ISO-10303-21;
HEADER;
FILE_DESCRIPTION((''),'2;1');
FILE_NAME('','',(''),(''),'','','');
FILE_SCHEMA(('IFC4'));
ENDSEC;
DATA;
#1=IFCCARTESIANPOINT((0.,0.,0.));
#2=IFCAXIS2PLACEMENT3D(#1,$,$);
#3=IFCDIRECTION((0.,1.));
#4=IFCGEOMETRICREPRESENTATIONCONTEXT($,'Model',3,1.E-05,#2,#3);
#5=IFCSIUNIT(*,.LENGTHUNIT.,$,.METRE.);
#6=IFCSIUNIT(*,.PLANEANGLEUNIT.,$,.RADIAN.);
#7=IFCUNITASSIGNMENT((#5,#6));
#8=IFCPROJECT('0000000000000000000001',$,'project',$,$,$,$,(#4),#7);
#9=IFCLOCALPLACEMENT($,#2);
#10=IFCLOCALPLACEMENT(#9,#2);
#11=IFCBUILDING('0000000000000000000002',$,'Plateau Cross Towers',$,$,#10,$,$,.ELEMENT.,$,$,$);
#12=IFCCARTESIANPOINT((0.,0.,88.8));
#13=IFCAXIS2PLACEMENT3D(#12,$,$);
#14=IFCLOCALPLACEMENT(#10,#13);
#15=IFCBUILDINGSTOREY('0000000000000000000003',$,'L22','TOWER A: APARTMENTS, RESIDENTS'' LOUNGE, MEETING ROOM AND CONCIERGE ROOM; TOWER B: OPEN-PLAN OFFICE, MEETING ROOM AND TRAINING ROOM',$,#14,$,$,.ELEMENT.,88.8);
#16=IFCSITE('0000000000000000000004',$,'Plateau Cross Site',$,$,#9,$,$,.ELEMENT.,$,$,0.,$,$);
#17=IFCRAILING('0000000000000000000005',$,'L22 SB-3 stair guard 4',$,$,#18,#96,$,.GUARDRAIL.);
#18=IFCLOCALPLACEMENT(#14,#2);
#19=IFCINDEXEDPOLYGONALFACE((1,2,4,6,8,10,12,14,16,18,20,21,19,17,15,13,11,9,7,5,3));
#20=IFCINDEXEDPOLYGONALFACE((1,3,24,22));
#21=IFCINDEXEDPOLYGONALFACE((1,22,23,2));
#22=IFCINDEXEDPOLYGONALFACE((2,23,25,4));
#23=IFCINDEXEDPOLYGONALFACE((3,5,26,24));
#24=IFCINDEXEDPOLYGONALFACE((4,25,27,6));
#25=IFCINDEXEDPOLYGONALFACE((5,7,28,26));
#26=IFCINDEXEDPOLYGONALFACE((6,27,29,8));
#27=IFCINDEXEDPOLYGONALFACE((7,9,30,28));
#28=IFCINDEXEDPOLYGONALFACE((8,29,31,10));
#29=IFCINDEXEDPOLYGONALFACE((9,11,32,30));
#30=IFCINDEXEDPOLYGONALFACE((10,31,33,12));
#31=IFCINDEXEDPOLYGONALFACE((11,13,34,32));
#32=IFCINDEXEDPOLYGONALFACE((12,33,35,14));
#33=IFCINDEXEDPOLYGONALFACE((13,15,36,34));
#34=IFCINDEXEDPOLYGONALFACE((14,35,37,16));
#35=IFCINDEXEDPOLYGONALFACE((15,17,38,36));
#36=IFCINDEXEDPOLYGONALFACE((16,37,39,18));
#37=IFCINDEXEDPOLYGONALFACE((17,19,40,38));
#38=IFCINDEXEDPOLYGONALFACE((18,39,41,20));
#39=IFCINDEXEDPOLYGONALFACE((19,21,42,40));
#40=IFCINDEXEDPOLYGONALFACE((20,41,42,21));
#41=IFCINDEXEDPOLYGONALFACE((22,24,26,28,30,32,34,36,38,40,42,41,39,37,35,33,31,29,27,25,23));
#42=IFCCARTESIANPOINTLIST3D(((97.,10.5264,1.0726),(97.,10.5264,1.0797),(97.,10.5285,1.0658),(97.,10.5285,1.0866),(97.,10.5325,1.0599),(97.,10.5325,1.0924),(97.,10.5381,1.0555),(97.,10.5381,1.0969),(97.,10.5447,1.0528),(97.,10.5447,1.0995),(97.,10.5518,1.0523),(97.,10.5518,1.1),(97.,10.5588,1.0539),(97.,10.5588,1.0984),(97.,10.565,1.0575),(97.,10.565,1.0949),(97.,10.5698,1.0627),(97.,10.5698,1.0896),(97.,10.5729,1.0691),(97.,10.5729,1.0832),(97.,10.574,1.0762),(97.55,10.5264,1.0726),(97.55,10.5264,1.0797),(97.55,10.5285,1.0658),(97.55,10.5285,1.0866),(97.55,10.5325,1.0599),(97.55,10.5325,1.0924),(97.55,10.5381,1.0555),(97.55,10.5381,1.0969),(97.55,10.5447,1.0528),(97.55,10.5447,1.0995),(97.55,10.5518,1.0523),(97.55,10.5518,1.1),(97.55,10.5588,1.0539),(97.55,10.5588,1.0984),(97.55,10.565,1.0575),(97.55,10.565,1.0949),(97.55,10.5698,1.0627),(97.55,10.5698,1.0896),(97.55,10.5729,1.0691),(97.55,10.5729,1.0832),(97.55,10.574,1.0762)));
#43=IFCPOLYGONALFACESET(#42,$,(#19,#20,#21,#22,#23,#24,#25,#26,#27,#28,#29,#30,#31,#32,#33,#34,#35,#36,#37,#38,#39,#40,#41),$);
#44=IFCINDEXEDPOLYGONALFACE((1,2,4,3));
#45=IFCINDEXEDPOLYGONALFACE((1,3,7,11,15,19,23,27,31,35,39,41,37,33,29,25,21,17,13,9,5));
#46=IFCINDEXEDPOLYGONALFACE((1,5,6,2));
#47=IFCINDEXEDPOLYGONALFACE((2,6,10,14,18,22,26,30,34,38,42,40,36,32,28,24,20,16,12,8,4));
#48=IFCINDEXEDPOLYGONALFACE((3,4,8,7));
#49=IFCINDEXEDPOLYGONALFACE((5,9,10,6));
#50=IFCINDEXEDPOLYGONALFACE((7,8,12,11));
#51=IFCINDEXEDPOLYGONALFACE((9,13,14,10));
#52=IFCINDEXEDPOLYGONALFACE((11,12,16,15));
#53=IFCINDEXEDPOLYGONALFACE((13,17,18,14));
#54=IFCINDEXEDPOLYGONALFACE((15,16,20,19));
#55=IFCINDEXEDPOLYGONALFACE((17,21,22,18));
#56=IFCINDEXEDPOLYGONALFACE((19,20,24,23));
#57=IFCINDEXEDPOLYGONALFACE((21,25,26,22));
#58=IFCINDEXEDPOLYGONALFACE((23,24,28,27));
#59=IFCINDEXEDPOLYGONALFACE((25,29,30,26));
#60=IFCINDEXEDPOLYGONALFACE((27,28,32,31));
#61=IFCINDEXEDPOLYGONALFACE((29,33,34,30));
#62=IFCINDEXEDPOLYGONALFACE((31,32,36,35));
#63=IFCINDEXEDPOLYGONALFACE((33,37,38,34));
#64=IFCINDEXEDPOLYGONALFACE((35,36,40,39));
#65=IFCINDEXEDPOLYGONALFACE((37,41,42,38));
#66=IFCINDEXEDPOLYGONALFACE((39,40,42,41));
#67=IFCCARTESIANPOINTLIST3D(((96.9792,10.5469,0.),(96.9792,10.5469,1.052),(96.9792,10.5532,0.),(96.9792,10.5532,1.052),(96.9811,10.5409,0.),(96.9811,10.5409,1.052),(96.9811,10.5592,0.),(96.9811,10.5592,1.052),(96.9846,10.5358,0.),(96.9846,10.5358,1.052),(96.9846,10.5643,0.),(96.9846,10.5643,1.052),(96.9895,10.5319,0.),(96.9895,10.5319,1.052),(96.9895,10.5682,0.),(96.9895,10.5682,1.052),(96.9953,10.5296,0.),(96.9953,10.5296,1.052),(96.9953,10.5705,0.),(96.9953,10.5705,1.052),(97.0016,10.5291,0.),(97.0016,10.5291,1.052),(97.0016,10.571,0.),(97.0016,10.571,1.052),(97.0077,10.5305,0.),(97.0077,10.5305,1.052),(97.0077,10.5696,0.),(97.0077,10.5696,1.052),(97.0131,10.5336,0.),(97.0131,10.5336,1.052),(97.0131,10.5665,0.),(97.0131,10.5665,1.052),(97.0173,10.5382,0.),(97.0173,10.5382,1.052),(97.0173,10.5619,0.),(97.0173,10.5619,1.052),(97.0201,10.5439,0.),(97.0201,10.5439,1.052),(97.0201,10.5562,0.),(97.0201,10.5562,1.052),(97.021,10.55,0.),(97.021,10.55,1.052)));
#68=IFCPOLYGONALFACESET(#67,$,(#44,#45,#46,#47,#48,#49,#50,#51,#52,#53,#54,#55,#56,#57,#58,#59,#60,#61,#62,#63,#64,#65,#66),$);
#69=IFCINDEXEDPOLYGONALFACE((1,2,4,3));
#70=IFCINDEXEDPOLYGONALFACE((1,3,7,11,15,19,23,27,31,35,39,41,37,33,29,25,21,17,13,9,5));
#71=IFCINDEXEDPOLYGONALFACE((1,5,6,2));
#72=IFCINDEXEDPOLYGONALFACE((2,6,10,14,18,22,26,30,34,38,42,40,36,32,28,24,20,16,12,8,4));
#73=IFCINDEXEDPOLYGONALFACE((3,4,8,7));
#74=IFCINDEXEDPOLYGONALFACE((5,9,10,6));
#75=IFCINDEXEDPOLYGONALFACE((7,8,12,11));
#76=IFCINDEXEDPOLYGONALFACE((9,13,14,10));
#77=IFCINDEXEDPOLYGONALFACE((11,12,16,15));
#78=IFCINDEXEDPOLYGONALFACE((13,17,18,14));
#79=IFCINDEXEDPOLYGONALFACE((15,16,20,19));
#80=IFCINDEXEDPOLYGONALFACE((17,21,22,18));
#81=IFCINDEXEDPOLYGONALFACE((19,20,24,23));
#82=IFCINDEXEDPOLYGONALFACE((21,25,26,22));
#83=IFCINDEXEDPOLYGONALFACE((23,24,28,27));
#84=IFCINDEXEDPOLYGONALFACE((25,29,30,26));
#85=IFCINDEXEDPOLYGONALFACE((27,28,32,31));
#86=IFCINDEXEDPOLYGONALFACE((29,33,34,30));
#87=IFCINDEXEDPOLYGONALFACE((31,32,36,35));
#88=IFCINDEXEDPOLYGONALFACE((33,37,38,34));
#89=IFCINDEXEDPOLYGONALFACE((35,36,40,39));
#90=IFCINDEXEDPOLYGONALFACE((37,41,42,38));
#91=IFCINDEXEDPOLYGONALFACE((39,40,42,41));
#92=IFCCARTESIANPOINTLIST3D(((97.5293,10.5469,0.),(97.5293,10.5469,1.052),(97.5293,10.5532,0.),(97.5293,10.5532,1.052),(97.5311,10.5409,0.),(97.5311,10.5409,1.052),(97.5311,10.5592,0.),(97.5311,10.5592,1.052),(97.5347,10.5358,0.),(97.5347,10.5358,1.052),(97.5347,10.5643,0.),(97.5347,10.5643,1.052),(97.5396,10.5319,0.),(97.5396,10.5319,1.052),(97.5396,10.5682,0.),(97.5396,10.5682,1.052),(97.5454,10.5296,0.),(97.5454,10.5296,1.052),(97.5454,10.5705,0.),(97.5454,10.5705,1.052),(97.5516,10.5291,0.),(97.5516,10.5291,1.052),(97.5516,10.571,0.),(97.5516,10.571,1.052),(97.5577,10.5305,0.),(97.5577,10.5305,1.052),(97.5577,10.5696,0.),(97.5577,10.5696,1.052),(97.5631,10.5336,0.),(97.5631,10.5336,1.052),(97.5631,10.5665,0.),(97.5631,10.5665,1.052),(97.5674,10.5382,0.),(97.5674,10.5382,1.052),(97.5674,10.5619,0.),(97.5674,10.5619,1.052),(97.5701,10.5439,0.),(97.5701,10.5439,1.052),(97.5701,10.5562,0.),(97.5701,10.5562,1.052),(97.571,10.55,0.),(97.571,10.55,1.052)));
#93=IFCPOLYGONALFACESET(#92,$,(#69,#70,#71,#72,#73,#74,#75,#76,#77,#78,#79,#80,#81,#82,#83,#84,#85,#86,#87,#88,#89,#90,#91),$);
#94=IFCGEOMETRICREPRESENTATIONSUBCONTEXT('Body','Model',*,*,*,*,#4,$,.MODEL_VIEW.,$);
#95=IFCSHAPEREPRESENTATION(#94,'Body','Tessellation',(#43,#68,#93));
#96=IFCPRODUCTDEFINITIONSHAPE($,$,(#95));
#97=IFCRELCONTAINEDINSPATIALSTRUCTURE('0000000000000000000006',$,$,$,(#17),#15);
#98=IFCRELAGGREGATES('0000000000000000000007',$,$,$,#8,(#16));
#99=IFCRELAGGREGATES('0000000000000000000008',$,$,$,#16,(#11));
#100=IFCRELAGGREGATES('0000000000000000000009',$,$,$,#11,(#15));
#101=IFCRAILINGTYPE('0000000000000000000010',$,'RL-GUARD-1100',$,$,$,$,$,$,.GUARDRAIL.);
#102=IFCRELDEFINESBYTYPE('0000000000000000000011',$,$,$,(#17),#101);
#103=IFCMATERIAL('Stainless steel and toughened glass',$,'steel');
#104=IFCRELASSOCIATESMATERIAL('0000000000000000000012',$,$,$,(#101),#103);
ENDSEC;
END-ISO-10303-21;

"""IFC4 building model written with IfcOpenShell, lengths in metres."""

from ifc_helpers import new_model, si_unit, direction, frame, origin, origin_2d, place, context, subcontext, project, spatial, circle, extrude, material, type_object, element, save


model = new_model("IFC4")

# Units and contexts
model_context = context("Model", 3, precision=1e-05, world=origin(), true_north=direction((0.0, 1.0)))
body_context = subcontext(model_context, "Body", "Model", "MODEL_VIEW")
ifc_project = project(units=[si_unit("LENGTHUNIT", "METRE"), si_unit("PLANEANGLEUNIT", "RADIAN")], contexts=[model_context])

# Site, building, storey
site_placement = place(None, origin())
site = spatial("IfcSite", under=ifc_project, at=site_placement, Name="Plateau Cross Site", CompositionType="ELEMENT", RefElevation=0.0)
building_placement = place(site_placement, origin())
building = spatial("IfcBuilding", under=site, at=building_placement, Name="Plateau Cross Towers", CompositionType="ELEMENT")
storey_placement = place(building_placement, frame((0.0, 0.0, 88.8)))
storey = spatial("IfcBuildingStorey", under=building, at=storey_placement, Name="L22", Description="TOWER A: APARTMENTS, RESIDENTS' LOUNGE, MEETING ROOM AND CONCIERGE ROOM; TOWER B: OPEN-PLAN OFFICE, MEETING ROOM AND TRAINING ROOM", CompositionType="ELEMENT", Elevation=88.8)

# Railing
ifc_material_1 = material(Name="Stainless steel and toughened glass", Category="steel")
railing_type_1 = type_object("IfcRailingType", Name="RL-GUARD-1100", PredefinedType="GUARDRAIL", material=ifc_material_1)
railing_1_placement = place(storey_placement, frame((97.0, 10.55, 0.0)))
element("IfcRailing", 1, at=railing_1_placement, inside=storey, type_object=railing_type_1, Name="L22 SB-3 stair guard 4", PredefinedType="GUARDRAIL", context=body_context, shape_type="SweptSolid", body=[
    extrude(circle(Radius=0.0239, at=origin_2d()), frame((0.0, 0.0, 1.0762), z_axis=(1.0, 0.0, 0.0), x_axis=(0.0, 1.0, 0.0)), (0.0, 0.0, 1.0), 0.55),
    extrude(circle(Radius=0.021, at=origin_2d()), origin(), (0.0, 0.0, 1.0), 1.052),
    extrude(circle(Radius=0.021, at=origin_2d()), frame((0.55, 0.0, 0.0)), (0.0, 0.0, 1.0), 1.052),
])

save(model, "model.ifc")
